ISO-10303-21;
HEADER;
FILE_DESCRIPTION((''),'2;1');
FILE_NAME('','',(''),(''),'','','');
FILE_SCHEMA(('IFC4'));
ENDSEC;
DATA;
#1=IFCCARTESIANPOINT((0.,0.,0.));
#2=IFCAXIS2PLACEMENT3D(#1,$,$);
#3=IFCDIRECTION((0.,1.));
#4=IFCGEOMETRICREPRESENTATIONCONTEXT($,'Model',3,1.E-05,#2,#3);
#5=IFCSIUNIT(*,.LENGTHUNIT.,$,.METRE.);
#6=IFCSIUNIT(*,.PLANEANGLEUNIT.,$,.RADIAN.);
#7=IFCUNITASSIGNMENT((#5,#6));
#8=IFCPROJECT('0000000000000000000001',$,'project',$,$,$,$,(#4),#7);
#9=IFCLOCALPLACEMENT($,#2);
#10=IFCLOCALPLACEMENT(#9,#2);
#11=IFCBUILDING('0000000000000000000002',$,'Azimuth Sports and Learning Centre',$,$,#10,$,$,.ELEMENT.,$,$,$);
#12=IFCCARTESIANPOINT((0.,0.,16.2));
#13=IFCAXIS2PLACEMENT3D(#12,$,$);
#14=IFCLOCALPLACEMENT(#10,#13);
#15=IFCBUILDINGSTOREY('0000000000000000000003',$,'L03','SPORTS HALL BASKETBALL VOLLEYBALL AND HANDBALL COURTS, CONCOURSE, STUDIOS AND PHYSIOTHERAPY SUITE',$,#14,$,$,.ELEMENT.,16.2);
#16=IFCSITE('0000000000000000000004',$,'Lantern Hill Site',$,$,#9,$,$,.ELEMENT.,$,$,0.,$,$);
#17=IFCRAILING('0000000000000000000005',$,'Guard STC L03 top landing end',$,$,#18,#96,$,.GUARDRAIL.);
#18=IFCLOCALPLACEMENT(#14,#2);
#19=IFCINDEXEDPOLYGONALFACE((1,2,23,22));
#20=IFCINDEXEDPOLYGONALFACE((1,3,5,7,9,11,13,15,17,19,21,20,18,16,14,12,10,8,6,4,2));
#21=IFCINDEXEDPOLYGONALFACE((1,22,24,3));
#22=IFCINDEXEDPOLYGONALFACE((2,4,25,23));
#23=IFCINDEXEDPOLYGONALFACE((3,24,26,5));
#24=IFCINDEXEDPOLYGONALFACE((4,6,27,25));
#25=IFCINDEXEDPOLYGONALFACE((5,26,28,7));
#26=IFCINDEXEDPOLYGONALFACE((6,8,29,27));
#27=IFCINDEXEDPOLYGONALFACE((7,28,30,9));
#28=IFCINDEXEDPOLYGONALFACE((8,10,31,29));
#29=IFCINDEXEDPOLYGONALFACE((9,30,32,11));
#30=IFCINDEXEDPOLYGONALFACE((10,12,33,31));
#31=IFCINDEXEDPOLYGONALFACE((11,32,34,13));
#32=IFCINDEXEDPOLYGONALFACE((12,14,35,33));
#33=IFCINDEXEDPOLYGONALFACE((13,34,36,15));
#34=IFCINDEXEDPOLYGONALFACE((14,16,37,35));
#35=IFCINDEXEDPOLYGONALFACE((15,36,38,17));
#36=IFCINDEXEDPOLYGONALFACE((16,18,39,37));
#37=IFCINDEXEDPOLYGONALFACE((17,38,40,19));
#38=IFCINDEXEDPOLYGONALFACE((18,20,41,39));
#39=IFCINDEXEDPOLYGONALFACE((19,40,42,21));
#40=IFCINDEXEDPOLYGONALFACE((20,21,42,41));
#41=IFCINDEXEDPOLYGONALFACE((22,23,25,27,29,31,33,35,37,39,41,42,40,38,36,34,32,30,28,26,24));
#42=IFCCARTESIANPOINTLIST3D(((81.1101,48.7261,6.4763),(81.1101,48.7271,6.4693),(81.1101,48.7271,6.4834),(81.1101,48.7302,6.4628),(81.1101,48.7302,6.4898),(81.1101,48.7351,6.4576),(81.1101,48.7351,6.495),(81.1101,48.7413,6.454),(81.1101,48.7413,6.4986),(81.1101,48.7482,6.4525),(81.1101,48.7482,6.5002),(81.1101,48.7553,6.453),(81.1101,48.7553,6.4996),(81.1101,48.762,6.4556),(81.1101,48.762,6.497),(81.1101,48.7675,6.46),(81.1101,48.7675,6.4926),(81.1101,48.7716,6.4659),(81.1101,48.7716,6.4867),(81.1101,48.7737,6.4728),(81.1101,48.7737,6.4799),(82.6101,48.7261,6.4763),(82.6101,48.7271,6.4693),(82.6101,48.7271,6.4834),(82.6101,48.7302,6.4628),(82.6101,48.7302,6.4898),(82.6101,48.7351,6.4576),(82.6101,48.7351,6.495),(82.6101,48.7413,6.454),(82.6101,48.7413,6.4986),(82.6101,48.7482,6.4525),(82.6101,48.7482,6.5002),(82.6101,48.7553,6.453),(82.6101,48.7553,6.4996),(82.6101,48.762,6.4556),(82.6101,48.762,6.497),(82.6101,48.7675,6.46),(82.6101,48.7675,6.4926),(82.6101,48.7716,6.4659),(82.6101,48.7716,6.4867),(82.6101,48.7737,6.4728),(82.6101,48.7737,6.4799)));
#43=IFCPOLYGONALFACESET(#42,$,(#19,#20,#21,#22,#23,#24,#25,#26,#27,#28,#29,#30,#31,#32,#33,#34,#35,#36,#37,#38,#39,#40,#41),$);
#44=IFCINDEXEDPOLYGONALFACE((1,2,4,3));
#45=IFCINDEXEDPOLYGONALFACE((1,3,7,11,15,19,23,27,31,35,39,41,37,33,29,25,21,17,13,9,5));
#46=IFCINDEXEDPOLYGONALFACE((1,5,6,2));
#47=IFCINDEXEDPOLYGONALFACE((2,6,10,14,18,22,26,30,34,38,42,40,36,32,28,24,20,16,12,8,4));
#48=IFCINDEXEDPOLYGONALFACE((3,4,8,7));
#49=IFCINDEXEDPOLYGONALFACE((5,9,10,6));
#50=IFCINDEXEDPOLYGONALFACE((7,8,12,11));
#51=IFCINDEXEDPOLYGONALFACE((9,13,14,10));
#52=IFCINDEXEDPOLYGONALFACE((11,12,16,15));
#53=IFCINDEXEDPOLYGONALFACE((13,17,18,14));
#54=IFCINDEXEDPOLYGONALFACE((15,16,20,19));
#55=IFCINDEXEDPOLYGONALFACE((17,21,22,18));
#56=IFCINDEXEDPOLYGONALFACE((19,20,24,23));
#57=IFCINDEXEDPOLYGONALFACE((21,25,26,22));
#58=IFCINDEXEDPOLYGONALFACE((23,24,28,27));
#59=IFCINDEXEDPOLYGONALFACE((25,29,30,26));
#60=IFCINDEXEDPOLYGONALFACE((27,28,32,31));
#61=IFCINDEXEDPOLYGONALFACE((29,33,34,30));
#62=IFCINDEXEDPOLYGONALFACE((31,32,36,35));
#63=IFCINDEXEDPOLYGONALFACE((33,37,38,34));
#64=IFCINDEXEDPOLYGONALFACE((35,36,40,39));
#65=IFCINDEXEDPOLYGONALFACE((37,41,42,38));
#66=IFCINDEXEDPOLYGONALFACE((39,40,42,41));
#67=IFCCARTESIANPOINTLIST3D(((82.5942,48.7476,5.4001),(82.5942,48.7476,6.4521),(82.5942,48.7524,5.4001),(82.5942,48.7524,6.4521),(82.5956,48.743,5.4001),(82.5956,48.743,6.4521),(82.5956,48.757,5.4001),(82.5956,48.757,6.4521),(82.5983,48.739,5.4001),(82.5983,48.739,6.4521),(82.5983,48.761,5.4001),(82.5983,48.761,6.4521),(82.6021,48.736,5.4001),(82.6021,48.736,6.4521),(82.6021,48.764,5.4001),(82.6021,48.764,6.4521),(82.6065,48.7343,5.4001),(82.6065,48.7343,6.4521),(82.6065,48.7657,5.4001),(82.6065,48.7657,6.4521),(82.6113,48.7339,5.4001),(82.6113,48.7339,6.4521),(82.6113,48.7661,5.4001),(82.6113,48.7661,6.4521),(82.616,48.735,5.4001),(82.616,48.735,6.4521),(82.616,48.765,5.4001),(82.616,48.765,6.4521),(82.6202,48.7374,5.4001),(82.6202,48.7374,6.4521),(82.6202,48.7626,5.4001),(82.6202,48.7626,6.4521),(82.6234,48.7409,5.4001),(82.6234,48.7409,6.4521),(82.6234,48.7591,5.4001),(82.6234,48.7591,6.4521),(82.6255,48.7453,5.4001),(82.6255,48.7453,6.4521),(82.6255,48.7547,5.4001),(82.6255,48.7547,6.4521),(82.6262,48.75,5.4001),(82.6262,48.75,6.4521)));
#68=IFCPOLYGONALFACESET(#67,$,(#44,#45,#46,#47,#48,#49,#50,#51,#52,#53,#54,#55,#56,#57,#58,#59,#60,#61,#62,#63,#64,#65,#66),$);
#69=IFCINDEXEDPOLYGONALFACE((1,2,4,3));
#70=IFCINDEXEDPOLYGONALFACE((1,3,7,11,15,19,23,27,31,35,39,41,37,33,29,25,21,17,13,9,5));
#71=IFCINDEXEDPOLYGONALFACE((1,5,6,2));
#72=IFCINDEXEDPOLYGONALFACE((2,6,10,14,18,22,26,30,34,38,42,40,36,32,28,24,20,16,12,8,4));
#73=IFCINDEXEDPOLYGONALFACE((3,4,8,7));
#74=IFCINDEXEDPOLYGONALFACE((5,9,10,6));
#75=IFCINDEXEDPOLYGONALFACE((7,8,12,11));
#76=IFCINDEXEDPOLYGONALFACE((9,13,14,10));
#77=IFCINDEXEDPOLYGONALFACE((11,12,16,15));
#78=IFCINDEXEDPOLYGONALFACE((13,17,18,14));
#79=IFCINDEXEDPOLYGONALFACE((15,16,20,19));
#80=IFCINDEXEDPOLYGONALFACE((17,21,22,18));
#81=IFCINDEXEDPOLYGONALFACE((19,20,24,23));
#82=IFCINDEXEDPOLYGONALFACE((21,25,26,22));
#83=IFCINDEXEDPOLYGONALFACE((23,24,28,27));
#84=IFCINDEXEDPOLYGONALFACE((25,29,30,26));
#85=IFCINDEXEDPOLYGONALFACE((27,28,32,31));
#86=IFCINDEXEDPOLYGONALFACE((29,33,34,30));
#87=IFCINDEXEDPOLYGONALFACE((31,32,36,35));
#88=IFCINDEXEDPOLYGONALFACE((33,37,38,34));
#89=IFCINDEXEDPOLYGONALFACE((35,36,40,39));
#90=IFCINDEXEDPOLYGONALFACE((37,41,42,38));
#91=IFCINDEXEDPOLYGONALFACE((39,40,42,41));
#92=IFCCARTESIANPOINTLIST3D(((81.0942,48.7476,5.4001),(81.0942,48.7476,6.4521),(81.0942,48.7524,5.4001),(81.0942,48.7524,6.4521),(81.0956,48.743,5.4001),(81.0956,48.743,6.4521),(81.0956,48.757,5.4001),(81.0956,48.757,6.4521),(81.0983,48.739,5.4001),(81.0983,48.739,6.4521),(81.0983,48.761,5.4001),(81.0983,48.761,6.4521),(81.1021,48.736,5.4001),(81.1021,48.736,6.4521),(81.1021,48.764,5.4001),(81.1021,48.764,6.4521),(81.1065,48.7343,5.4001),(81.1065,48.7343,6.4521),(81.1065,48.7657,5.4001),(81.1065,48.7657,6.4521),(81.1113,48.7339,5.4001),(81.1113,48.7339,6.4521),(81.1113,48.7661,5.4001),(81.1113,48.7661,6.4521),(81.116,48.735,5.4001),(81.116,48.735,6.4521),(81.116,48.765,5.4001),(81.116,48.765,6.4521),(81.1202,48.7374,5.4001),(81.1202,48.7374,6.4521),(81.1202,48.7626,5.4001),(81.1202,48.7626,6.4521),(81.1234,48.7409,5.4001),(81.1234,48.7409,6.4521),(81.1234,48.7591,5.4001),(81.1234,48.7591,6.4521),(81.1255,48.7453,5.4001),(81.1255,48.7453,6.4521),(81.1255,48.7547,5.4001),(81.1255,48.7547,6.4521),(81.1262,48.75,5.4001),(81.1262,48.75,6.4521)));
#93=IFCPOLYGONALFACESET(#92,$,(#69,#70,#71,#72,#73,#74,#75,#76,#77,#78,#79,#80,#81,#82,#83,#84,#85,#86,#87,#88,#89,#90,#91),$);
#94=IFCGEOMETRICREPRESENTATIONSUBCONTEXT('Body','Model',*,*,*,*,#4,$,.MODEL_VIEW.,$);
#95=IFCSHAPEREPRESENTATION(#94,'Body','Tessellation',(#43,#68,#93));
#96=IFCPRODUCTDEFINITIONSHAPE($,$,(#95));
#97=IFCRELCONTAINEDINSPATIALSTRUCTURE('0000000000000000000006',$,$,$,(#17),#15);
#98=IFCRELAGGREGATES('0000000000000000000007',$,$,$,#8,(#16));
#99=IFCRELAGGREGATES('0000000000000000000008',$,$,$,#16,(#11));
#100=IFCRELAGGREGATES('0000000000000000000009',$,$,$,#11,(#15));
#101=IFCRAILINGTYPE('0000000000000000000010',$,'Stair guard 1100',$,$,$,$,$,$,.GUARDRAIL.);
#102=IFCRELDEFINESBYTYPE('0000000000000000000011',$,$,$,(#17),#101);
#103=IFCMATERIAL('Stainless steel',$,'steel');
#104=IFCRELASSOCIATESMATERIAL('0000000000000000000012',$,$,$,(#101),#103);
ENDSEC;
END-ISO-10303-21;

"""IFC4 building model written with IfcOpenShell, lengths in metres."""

from ifc_helpers import new_model, si_unit, direction, frame, origin, origin_2d, place, context, subcontext, project, spatial, circle, extrude, material, type_object, element, save


model = new_model("IFC4")

# Units and contexts
model_context = context("Model", 3, precision=1e-05, world=origin(), true_north=direction((0.0, 1.0)))
body_context = subcontext(model_context, "Body", "Model", "MODEL_VIEW")
ifc_project = project(units=[si_unit("LENGTHUNIT", "METRE"), si_unit("PLANEANGLEUNIT", "RADIAN")], contexts=[model_context])

# Site, building, storey
site_placement = place(None, origin())
site = spatial("IfcSite", under=ifc_project, at=site_placement, Name="Lantern Hill Site", CompositionType="ELEMENT", RefElevation=0.0)
building_placement = place(site_placement, origin())
building = spatial("IfcBuilding", under=site, at=building_placement, Name="Azimuth Sports and Learning Centre", CompositionType="ELEMENT")
storey_placement = place(building_placement, frame((0.0, 0.0, 16.2)))
storey = spatial("IfcBuildingStorey", under=building, at=storey_placement, Name="L03", Description="SPORTS HALL BASKETBALL VOLLEYBALL AND HANDBALL COURTS, CONCOURSE, STUDIOS AND PHYSIOTHERAPY SUITE", CompositionType="ELEMENT", Elevation=16.2)

# Railing
ifc_material_1 = material(Name="Stainless steel", Category="steel")
railing_type_1 = type_object("IfcRailingType", Name="Stair guard 1100", PredefinedType="GUARDRAIL", material=ifc_material_1)
railing_1_placement = place(storey_placement, frame((82.6101, 48.75, 5.4001)))
element("IfcRailing", 1, at=railing_1_placement, inside=storey, type_object=railing_type_1, Name="Guard STC L03 top landing end", PredefinedType="GUARDRAIL", context=body_context, shape_type="SweptSolid", body=[
    extrude(circle(Radius=0.0239, at=origin_2d()), frame((0.0, 0.0, 1.0762), z_axis=(-1.0, 0.0, 0.0), x_axis=(0.0, -1.0, 0.0)), (0.0, 0.0, 1.0), 1.5),
    extrude(circle(Radius=0.0161, at=origin_2d()), origin(), (0.0, 0.0, 1.0), 1.052),
    extrude(circle(Radius=0.0161, at=origin_2d()), frame((-1.5, 0.0, 0.0)), (0.0, 0.0, 1.0), 1.052),
])

save(model, "model.ifc")
